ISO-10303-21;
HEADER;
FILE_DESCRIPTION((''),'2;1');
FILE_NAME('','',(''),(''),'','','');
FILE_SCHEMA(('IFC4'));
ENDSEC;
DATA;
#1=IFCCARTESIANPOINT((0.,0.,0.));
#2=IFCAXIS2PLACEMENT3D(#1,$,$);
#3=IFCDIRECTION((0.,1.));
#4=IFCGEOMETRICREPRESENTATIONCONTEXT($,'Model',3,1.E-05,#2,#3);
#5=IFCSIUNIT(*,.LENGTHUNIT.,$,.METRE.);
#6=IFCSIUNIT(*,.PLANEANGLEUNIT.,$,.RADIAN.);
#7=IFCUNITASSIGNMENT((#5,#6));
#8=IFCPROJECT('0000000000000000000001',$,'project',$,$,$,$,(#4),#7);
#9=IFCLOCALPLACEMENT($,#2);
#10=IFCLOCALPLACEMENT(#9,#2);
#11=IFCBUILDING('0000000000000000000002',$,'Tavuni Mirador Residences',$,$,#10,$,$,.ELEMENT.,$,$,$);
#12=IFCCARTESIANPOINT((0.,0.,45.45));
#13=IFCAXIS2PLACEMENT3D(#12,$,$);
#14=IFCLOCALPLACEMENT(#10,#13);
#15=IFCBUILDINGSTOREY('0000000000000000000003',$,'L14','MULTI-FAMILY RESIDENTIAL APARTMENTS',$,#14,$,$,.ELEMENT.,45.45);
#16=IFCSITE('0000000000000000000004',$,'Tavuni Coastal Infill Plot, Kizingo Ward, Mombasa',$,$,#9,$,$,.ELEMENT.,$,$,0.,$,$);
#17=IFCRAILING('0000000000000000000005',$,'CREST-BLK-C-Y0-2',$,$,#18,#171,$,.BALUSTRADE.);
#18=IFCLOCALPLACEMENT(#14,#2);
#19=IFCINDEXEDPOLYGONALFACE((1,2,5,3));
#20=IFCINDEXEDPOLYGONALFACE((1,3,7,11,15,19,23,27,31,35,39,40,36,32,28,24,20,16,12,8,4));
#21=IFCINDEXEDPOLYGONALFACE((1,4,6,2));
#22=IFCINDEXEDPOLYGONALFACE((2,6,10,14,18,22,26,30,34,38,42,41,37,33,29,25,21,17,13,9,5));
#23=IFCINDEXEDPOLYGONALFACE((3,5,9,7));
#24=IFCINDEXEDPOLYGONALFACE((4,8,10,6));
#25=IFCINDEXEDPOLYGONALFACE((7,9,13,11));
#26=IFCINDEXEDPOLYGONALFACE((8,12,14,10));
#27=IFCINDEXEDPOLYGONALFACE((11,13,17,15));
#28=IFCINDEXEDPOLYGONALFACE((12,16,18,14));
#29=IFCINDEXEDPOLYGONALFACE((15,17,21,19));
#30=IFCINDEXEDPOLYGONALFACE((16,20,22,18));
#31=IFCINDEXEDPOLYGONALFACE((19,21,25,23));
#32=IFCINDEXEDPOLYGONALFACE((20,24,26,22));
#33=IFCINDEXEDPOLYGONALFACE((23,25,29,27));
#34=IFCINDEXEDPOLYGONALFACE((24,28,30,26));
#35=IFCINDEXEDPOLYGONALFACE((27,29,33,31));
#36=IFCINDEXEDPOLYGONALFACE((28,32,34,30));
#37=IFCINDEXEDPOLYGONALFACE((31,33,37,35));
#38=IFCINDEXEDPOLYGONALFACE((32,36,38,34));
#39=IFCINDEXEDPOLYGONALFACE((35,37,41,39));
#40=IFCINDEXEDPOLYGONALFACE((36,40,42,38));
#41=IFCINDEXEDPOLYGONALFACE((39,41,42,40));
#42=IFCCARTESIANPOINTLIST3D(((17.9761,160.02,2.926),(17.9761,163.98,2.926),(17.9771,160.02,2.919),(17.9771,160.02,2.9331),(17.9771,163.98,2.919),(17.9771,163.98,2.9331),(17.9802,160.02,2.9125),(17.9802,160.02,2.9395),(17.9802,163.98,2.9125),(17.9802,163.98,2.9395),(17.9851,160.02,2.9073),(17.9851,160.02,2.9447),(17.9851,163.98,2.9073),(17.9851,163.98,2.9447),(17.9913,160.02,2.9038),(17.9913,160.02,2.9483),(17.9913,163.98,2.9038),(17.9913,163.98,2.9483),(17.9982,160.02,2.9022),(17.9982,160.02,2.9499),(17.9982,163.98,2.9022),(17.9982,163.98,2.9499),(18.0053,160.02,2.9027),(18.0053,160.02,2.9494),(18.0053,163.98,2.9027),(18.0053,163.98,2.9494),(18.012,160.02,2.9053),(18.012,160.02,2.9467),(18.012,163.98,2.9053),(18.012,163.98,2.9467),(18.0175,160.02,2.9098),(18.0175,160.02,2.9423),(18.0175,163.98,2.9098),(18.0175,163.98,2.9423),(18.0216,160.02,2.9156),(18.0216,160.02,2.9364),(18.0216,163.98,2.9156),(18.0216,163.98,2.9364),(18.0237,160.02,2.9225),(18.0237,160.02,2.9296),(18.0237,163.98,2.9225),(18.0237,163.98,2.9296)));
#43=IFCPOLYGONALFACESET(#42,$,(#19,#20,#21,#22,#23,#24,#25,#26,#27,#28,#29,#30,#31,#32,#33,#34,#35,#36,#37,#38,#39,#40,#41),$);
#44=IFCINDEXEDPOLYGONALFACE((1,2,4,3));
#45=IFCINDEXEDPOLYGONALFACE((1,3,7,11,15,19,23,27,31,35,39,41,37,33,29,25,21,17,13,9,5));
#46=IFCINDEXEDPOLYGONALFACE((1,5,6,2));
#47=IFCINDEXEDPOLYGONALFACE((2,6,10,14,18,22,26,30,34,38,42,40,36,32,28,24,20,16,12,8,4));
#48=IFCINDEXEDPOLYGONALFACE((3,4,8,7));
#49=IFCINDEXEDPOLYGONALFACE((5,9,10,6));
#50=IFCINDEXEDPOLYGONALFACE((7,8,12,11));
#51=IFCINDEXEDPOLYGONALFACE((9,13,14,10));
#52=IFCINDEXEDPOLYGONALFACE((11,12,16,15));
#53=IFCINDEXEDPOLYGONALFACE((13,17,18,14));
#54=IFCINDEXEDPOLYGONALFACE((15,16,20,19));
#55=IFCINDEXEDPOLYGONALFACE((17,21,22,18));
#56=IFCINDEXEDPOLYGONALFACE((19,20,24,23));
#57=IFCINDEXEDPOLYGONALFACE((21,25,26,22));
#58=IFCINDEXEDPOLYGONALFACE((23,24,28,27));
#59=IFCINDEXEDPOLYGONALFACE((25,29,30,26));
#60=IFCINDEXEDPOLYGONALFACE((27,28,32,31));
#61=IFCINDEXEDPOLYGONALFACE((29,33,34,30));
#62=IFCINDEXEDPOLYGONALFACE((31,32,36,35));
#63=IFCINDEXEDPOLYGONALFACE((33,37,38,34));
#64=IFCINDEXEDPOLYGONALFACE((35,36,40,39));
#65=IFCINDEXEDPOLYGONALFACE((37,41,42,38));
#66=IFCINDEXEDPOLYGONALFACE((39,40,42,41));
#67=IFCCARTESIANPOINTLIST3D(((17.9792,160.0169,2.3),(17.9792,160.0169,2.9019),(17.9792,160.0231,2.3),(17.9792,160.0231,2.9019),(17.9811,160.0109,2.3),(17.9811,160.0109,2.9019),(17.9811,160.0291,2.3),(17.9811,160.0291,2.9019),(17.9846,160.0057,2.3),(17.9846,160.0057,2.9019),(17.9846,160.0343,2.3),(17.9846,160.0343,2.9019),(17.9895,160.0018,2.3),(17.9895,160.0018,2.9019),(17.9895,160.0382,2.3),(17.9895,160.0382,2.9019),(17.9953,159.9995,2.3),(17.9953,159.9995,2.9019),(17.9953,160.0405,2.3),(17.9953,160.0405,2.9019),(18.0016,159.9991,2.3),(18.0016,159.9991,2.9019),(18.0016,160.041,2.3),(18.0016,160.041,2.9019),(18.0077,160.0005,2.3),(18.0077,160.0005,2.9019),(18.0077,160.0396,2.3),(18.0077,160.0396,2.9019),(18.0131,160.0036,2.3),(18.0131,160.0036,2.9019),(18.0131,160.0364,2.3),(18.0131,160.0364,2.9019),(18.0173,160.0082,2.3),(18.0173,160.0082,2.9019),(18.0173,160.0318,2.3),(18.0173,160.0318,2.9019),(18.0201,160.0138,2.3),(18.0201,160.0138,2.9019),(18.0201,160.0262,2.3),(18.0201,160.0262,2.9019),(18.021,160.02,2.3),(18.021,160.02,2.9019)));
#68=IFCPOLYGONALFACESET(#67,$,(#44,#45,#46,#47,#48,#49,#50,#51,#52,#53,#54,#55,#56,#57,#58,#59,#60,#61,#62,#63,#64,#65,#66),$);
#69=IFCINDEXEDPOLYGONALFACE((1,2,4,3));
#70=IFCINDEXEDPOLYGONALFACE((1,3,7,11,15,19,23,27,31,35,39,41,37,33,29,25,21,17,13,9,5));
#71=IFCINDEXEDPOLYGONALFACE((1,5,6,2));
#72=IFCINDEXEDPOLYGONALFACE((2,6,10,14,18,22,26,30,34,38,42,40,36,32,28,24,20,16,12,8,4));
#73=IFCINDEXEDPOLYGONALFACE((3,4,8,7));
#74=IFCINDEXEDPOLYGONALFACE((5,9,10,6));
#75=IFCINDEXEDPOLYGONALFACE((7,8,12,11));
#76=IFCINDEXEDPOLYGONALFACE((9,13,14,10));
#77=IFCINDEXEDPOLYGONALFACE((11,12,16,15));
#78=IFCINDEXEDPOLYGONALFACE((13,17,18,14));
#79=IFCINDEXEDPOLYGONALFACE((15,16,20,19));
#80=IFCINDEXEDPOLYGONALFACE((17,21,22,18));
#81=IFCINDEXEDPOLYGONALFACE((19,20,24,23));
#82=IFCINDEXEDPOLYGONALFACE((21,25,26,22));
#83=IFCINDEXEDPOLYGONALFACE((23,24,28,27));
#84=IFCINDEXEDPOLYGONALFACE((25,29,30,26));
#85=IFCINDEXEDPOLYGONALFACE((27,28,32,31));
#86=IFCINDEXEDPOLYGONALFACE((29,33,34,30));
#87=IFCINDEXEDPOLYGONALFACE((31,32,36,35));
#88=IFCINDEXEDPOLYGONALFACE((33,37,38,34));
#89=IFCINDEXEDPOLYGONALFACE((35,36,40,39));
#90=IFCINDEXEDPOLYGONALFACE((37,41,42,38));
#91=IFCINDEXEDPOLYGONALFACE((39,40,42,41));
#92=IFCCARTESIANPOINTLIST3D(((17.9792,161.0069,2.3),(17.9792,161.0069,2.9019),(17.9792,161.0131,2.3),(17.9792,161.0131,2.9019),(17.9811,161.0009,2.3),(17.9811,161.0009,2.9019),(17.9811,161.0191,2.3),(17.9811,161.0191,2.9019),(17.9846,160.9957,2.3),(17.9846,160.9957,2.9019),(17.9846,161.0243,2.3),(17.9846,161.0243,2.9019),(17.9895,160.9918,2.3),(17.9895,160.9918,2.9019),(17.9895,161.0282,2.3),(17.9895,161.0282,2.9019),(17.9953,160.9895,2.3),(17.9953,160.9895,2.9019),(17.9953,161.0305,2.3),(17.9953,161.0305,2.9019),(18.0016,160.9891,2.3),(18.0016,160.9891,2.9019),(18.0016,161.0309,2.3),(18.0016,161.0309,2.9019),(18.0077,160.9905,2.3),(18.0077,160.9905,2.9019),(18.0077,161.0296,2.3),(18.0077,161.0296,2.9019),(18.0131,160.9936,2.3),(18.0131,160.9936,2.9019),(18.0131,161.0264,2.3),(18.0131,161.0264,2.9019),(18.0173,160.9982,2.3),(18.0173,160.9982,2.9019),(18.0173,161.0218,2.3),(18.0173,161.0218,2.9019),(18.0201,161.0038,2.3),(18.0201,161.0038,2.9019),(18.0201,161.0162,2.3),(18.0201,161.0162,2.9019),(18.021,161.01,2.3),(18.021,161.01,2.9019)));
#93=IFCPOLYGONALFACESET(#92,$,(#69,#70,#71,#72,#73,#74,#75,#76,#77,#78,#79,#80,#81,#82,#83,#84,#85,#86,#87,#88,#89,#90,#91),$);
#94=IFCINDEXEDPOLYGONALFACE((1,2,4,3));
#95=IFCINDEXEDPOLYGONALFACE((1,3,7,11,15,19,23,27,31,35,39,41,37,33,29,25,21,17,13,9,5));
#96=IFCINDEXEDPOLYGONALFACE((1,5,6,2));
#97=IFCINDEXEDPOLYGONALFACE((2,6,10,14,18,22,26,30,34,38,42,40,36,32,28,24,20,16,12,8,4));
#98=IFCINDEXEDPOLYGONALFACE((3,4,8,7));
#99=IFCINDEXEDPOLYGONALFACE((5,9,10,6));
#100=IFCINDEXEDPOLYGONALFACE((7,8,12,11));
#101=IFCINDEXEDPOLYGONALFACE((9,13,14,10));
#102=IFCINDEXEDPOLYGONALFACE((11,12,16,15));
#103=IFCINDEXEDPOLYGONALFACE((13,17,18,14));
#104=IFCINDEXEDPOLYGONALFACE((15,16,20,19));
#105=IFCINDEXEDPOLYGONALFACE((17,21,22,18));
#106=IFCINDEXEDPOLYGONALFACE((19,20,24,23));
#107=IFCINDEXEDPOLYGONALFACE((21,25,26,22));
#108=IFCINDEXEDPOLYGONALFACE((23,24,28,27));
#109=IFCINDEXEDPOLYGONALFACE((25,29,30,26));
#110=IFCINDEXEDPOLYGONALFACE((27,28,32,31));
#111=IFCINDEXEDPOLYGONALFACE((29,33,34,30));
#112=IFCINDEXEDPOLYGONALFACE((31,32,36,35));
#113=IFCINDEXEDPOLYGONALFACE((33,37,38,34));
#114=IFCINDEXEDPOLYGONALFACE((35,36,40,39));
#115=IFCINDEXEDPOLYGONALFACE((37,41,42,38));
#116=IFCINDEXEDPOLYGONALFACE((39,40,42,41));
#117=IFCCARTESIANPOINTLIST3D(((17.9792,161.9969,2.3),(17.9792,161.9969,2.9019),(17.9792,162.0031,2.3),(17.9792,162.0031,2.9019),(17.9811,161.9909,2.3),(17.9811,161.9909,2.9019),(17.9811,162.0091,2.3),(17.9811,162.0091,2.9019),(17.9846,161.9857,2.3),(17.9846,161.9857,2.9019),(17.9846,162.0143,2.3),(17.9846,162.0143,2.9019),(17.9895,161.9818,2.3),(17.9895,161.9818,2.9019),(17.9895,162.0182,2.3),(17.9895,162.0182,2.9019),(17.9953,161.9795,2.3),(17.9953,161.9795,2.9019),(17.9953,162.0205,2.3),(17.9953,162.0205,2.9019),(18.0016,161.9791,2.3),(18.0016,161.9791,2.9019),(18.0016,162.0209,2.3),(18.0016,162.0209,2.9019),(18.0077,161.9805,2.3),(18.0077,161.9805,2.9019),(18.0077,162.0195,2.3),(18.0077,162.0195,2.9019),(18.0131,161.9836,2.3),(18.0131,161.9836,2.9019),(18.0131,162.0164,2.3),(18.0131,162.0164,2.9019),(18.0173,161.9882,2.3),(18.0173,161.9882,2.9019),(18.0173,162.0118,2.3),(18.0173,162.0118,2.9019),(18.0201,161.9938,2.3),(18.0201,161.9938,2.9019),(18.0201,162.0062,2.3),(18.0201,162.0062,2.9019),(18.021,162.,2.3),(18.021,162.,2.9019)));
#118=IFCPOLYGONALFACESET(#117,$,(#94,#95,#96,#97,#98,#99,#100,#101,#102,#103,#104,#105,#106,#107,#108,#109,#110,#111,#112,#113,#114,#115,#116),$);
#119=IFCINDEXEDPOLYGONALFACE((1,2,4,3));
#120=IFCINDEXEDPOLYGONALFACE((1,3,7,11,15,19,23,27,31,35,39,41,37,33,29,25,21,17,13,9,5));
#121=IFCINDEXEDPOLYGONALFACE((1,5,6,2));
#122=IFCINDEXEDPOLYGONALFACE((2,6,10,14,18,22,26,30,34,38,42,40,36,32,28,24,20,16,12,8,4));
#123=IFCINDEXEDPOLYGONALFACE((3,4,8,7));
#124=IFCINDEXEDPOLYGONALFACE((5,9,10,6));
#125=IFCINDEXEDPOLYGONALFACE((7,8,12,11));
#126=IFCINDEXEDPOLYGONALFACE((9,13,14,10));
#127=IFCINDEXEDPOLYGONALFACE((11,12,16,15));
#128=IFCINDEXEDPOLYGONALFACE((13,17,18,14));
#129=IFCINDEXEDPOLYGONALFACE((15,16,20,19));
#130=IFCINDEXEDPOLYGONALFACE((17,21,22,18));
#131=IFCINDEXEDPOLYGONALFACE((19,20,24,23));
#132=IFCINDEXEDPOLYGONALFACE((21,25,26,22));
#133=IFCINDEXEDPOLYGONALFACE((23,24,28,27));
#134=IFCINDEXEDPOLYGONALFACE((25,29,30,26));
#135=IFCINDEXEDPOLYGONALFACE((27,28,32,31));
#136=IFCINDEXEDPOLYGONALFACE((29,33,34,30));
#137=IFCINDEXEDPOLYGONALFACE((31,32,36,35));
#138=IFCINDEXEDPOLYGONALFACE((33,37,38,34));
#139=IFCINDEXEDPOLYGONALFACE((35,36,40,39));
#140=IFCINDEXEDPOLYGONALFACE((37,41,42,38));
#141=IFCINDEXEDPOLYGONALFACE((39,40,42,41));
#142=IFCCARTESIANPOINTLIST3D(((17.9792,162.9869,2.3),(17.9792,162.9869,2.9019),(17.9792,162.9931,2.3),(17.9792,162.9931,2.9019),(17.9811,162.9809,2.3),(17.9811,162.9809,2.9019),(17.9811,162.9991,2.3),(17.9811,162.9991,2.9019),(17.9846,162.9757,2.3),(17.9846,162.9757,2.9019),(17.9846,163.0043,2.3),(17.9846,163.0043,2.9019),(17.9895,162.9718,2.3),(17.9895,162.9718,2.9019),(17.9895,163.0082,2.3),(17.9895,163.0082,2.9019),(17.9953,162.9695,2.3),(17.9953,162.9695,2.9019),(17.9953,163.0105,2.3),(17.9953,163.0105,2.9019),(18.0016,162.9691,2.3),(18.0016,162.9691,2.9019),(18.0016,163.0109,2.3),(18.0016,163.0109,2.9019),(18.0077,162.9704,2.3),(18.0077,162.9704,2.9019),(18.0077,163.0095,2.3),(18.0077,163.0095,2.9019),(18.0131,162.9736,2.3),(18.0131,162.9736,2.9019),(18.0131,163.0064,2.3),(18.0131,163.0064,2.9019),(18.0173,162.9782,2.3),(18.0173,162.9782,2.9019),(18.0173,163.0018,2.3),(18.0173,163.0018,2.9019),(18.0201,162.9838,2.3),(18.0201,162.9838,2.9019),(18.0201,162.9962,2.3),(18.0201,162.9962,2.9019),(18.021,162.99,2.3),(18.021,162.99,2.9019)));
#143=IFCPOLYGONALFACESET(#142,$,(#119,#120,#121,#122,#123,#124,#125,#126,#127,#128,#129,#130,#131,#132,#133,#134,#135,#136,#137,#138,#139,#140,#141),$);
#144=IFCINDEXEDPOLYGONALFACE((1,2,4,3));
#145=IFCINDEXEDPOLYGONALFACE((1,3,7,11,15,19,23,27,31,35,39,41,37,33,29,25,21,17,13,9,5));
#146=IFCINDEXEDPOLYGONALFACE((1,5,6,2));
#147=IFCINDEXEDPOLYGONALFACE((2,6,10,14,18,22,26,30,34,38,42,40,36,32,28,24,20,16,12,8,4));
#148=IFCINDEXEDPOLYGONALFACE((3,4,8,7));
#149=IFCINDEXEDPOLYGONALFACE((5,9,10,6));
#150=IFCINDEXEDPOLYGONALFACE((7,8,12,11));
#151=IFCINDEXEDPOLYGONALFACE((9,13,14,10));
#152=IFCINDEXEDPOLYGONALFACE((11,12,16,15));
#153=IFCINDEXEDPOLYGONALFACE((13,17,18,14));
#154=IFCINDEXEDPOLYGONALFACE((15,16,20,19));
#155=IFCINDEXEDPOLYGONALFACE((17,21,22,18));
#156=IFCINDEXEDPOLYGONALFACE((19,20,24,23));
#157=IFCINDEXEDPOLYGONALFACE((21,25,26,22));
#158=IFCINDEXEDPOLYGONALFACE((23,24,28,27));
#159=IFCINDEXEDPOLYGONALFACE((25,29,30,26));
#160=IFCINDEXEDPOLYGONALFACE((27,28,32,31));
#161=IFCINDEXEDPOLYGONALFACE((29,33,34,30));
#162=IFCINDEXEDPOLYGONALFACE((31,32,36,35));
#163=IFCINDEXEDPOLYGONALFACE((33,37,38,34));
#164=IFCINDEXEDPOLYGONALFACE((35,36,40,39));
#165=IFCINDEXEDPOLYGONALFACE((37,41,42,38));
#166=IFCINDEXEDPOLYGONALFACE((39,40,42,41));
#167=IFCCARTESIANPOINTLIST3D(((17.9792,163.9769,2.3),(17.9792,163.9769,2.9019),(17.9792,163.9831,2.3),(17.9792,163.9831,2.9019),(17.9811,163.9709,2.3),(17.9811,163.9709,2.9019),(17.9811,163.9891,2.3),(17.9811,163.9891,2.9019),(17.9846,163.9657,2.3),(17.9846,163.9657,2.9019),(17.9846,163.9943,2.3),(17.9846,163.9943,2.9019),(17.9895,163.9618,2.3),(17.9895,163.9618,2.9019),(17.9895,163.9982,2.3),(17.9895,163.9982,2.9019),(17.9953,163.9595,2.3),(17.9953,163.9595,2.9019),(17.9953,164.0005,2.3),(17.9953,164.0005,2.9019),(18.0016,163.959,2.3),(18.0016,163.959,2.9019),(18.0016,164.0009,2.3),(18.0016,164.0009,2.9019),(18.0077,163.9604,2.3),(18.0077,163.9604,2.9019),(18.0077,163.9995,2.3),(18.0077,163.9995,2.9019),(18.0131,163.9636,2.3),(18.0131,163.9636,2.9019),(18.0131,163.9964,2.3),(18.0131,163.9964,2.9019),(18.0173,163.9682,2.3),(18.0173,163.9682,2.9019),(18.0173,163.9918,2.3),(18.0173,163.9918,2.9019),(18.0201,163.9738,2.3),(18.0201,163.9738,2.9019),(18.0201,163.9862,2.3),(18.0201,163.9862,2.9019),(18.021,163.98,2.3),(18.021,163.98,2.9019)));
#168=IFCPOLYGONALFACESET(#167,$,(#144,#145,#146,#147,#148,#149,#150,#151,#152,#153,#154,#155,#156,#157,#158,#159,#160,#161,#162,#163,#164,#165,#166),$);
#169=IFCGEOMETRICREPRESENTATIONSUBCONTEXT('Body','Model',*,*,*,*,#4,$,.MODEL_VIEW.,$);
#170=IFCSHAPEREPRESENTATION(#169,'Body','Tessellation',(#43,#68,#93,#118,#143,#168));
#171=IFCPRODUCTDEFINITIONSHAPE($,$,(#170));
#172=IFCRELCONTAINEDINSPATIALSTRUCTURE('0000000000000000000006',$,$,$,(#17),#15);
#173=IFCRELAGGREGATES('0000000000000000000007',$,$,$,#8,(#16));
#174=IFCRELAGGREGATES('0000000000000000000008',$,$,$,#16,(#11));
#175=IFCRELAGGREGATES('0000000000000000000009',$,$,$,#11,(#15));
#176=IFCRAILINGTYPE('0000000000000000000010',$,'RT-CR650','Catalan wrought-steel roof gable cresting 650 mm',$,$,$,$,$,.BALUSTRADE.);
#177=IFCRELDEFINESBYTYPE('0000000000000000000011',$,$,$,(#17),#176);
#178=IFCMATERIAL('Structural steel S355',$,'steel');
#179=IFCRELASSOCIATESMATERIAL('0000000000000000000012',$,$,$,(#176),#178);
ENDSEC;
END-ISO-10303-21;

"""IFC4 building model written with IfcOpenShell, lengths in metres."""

from ifc_helpers import new_model, si_unit, direction, frame, origin, origin_2d, place, context, subcontext, project, spatial, circle, extrude, material, type_object, element, save


model = new_model("IFC4")

# Units and contexts
model_context = context("Model", 3, precision=1e-05, world=origin(), true_north=direction((0.0, 1.0)))
body_context = subcontext(model_context, "Body", "Model", "MODEL_VIEW")
ifc_project = project(units=[si_unit("LENGTHUNIT", "METRE"), si_unit("PLANEANGLEUNIT", "RADIAN")], contexts=[model_context])

# Site, building, storey
site_placement = place(None, origin())
site = spatial("IfcSite", under=ifc_project, at=site_placement, Name="Tavuni Coastal Infill Plot, Kizingo Ward, Mombasa", CompositionType="ELEMENT", RefElevation=0.0)
building_placement = place(site_placement, origin())
building = spatial("IfcBuilding", under=site, at=building_placement, Name="Tavuni Mirador Residences", CompositionType="ELEMENT")
storey_placement = place(building_placement, frame((0.0, 0.0, 45.45)))
storey = spatial("IfcBuildingStorey", under=building, at=storey_placement, Name="L14", Description="MULTI-FAMILY RESIDENTIAL APARTMENTS", CompositionType="ELEMENT", Elevation=45.45)

# Shared definitions
ifc_material_1 = material(Name="Structural steel S355", Category="steel")

# Railing
railing_type = type_object("IfcRailingType", Name="RT-CR650", Description="Catalan wrought-steel roof gable cresting 650 mm", PredefinedType="BALUSTRADE", material=ifc_material_1)
for number, where, name in (
    (1, (18.0, 160.02, 2.3), "CREST-BLK-C-Y0-2"),
):
    element("IfcRailing", number, at=place(storey_placement, frame(where)), inside=storey, type_object=railing_type, Name=name, PredefinedType="BALUSTRADE", context=body_context, shape_type="SweptSolid", body=[
        extrude(circle(Radius=0.0239, at=origin_2d()), frame((0.0, 0.0, 0.626), z_axis=(0.0, 1.0, 0.0), x_axis=(-1.0, 0.0, 0.0)), (0.0, 0.0, 1.0), 3.96),
        extrude(circle(Radius=0.021, at=origin_2d()), origin(), (0.0, 0.0, 1.0), 0.6018),
        extrude(circle(Radius=0.021, at=origin_2d()), frame((0.0, 0.99, 0.0)), (0.0, 0.0, 1.0), 0.6018),
        extrude(circle(Radius=0.021, at=origin_2d()), frame((0.0, 1.98, 0.0)), (0.0, 0.0, 1.0), 0.6018),
        extrude(circle(Radius=0.021, at=origin_2d()), frame((0.0, 2.97, 0.0)), (0.0, 0.0, 1.0), 0.6018),
        extrude(circle(Radius=0.021, at=origin_2d()), frame((0.0, 3.96, 0.0)), (0.0, 0.0, 1.0), 0.6018),
    ])

save(model, "model.ifc")
